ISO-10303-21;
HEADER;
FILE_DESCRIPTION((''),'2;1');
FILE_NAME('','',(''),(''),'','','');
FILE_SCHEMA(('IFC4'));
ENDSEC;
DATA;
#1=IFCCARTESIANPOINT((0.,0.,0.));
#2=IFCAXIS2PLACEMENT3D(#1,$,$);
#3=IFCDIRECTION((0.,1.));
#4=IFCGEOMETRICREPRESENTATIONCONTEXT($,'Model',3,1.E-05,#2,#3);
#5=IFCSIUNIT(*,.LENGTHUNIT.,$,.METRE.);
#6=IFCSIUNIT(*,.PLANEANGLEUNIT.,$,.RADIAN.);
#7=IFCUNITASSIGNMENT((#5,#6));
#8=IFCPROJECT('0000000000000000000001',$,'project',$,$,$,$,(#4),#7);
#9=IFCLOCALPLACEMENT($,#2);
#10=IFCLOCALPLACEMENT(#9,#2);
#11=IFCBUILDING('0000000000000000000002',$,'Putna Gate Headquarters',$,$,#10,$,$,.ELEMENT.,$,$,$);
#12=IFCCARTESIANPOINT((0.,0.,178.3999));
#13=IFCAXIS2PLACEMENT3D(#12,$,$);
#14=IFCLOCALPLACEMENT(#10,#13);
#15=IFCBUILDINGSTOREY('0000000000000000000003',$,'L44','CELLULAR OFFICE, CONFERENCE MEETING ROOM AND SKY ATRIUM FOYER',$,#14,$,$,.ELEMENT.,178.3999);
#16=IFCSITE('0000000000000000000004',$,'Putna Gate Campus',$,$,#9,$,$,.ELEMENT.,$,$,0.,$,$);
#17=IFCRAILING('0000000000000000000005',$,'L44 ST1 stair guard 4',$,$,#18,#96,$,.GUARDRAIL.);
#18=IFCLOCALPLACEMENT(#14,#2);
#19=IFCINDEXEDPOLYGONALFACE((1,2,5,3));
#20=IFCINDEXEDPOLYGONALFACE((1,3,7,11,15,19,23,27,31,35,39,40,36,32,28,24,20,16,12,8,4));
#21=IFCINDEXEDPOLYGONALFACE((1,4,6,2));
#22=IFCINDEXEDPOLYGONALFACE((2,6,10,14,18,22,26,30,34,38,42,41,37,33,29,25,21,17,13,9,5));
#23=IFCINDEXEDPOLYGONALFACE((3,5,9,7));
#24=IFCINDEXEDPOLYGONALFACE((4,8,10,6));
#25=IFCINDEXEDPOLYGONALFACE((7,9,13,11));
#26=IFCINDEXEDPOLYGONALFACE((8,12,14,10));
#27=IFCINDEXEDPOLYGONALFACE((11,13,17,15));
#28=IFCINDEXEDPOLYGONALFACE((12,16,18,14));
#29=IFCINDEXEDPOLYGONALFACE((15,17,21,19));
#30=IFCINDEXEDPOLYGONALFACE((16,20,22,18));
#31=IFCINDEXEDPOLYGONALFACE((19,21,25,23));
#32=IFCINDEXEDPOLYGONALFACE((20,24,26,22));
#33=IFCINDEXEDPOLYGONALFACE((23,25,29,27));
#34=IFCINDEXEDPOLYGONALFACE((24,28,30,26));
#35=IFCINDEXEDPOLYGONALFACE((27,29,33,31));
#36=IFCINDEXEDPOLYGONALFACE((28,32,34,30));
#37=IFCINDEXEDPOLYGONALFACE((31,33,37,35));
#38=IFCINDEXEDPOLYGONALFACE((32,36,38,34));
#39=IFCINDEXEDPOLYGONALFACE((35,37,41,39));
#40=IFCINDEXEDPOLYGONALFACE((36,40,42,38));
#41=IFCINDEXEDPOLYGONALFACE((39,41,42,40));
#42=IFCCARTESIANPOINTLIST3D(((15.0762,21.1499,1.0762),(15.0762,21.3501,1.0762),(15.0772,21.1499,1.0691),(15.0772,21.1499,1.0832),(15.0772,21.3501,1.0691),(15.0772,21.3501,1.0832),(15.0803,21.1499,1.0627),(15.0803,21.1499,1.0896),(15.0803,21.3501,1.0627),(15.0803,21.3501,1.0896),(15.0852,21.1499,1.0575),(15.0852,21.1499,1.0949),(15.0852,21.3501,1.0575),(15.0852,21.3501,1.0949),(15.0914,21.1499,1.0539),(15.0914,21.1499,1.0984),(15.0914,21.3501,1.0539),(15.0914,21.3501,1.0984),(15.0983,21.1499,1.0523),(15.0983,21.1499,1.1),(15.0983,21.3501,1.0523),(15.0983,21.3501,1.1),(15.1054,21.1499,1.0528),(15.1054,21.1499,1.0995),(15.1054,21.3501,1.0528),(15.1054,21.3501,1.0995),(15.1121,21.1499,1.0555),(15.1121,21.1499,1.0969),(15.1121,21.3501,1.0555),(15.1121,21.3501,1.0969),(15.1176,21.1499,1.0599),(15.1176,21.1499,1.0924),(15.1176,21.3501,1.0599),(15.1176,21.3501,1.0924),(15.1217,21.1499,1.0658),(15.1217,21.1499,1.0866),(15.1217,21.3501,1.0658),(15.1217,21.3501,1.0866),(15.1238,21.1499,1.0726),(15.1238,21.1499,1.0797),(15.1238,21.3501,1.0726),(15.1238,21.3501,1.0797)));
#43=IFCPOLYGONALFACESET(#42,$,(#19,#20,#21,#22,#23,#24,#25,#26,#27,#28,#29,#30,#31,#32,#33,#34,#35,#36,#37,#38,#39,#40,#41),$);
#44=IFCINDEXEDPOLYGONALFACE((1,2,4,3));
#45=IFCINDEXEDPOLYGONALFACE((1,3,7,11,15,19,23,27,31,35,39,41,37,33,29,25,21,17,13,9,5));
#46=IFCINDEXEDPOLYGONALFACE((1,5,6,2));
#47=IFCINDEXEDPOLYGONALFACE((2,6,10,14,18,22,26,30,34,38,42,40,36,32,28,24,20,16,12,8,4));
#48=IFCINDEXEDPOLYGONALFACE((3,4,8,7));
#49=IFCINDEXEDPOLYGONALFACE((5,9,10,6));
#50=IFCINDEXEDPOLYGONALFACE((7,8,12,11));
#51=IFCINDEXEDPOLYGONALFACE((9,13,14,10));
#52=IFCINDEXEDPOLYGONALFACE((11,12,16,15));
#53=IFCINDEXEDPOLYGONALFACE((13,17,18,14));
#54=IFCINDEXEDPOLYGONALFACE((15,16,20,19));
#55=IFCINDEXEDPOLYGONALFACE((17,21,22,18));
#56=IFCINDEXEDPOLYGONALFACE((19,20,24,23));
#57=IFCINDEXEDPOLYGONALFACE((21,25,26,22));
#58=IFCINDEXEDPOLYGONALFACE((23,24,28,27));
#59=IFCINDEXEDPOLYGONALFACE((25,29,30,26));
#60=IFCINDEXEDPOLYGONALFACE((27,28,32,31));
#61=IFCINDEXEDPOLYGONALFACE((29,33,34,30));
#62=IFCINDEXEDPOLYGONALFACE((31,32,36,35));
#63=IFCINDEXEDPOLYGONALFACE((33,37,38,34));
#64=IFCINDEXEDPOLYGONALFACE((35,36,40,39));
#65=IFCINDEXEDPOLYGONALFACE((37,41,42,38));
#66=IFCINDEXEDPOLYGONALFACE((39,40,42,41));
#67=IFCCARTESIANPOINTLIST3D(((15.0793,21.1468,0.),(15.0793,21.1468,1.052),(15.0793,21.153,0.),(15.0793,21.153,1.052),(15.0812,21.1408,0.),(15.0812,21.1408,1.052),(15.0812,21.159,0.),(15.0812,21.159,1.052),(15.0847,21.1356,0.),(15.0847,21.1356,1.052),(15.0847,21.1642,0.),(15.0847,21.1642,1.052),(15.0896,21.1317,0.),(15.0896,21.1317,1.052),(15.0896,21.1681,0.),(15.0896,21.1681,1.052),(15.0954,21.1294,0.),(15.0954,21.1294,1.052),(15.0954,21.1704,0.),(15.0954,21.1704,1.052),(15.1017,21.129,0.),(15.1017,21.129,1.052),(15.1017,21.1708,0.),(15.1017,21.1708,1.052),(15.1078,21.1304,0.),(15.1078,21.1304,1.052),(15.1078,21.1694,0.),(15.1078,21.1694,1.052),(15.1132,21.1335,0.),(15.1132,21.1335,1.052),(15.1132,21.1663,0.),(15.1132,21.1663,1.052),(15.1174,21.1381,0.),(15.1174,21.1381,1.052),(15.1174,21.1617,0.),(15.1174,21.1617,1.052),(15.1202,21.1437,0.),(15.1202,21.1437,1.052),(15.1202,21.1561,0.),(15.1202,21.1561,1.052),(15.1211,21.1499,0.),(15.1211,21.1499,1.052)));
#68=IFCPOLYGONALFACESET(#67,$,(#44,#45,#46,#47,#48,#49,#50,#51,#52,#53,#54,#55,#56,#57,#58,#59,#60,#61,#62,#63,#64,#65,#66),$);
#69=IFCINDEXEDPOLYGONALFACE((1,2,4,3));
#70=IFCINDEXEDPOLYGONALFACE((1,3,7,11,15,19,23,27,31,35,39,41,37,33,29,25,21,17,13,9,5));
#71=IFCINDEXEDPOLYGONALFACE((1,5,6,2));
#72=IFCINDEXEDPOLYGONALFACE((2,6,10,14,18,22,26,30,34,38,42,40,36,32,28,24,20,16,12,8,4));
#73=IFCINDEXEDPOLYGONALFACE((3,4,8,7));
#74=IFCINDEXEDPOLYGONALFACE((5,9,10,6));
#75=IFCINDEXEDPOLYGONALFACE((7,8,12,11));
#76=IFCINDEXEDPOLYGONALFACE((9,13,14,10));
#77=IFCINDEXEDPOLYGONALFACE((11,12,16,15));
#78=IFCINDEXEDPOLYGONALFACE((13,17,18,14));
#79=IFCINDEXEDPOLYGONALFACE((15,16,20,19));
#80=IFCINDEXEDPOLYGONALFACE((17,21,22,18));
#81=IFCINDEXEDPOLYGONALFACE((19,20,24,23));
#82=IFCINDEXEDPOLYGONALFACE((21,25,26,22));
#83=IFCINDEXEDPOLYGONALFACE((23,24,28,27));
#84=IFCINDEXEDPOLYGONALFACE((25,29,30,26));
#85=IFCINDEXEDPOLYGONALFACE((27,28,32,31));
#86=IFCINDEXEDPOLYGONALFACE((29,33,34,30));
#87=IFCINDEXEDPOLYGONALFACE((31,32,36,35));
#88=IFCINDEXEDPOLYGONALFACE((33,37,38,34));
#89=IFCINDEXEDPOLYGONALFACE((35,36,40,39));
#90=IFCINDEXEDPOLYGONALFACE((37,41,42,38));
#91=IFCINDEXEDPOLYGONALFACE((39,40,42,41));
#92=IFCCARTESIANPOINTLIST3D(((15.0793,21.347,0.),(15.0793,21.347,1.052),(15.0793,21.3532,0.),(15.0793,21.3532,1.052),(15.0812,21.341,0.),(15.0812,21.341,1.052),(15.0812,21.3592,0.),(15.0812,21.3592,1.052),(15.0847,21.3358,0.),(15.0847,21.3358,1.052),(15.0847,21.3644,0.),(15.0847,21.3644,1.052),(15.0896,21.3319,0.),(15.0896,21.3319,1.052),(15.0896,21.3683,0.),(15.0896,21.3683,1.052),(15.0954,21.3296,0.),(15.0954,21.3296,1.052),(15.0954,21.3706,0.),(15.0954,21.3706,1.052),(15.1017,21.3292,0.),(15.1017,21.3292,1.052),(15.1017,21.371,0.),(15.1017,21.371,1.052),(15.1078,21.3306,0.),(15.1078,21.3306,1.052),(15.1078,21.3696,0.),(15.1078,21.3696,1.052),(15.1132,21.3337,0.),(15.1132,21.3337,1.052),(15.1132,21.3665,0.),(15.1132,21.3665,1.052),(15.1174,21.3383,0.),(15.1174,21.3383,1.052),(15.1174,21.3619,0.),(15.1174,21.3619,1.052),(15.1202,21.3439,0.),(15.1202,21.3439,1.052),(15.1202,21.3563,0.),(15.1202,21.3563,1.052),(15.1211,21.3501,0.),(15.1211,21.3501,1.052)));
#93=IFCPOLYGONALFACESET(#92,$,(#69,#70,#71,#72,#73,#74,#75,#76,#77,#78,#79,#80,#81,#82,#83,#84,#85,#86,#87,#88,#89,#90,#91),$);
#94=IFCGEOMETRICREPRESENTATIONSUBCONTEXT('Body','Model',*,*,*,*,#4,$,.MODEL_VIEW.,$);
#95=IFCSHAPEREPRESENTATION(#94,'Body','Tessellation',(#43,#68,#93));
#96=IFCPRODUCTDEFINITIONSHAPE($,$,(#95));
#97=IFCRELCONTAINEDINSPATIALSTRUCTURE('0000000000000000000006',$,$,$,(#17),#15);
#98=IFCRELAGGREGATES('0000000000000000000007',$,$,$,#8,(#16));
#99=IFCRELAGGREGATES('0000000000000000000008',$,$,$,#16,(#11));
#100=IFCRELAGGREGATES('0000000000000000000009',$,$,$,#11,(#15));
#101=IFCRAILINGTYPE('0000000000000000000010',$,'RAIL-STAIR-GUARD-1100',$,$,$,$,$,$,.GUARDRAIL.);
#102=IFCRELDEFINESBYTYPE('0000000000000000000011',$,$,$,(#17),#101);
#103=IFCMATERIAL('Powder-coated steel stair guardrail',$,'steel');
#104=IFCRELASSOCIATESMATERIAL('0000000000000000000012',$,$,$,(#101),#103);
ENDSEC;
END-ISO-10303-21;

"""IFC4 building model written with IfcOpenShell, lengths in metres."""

from ifc_helpers import new_model, si_unit, direction, frame, origin, origin_2d, place, context, subcontext, project, spatial, circle, extrude, material, type_object, element, save


model = new_model("IFC4")

# Units and contexts
model_context = context("Model", 3, precision=1e-05, world=origin(), true_north=direction((0.0, 1.0)))
body_context = subcontext(model_context, "Body", "Model", "MODEL_VIEW")
ifc_project = project(units=[si_unit("LENGTHUNIT", "METRE"), si_unit("PLANEANGLEUNIT", "RADIAN")], contexts=[model_context])

# Site, building, storey
site_placement = place(None, origin())
site = spatial("IfcSite", under=ifc_project, at=site_placement, Name="Putna Gate Campus", CompositionType="ELEMENT", RefElevation=0.0)
building_placement = place(site_placement, origin())
building = spatial("IfcBuilding", under=site, at=building_placement, Name="Putna Gate Headquarters", CompositionType="ELEMENT")
storey_placement = place(building_placement, frame((0.0, 0.0, 178.3999)))
storey = spatial("IfcBuildingStorey", under=building, at=storey_placement, Name="L44", Description="CELLULAR OFFICE, CONFERENCE MEETING ROOM AND SKY ATRIUM FOYER", CompositionType="ELEMENT", Elevation=178.3999)

# Railing
ifc_material_1 = material(Name="Powder-coated steel stair guardrail", Category="steel")
railing_type = type_object("IfcRailingType", Name="RAIL-STAIR-GUARD-1100", PredefinedType="GUARDRAIL", material=ifc_material_1)
railing_1_placement = place(storey_placement, frame((15.1001, 21.1499, 0.0)))
element("IfcRailing", 1, at=railing_1_placement, inside=storey, type_object=railing_type, Name="L44 ST1 stair guard 4", PredefinedType="GUARDRAIL", context=body_context, shape_type="SweptSolid", body=[
    extrude(circle(Radius=0.0239, at=origin_2d()), frame((0.0, 0.0, 1.0762), z_axis=(0.0, 1.0, 0.0), x_axis=(-1.0, 0.0, 0.0)), (0.0, 0.0, 1.0), 0.2002),
    extrude(circle(Radius=0.021, at=origin_2d()), origin(), (0.0, 0.0, 1.0), 1.052),
    extrude(circle(Radius=0.021, at=origin_2d()), frame((0.0, 0.2002, 0.0)), (0.0, 0.0, 1.0), 1.052),
])

save(model, "model.ifc")
